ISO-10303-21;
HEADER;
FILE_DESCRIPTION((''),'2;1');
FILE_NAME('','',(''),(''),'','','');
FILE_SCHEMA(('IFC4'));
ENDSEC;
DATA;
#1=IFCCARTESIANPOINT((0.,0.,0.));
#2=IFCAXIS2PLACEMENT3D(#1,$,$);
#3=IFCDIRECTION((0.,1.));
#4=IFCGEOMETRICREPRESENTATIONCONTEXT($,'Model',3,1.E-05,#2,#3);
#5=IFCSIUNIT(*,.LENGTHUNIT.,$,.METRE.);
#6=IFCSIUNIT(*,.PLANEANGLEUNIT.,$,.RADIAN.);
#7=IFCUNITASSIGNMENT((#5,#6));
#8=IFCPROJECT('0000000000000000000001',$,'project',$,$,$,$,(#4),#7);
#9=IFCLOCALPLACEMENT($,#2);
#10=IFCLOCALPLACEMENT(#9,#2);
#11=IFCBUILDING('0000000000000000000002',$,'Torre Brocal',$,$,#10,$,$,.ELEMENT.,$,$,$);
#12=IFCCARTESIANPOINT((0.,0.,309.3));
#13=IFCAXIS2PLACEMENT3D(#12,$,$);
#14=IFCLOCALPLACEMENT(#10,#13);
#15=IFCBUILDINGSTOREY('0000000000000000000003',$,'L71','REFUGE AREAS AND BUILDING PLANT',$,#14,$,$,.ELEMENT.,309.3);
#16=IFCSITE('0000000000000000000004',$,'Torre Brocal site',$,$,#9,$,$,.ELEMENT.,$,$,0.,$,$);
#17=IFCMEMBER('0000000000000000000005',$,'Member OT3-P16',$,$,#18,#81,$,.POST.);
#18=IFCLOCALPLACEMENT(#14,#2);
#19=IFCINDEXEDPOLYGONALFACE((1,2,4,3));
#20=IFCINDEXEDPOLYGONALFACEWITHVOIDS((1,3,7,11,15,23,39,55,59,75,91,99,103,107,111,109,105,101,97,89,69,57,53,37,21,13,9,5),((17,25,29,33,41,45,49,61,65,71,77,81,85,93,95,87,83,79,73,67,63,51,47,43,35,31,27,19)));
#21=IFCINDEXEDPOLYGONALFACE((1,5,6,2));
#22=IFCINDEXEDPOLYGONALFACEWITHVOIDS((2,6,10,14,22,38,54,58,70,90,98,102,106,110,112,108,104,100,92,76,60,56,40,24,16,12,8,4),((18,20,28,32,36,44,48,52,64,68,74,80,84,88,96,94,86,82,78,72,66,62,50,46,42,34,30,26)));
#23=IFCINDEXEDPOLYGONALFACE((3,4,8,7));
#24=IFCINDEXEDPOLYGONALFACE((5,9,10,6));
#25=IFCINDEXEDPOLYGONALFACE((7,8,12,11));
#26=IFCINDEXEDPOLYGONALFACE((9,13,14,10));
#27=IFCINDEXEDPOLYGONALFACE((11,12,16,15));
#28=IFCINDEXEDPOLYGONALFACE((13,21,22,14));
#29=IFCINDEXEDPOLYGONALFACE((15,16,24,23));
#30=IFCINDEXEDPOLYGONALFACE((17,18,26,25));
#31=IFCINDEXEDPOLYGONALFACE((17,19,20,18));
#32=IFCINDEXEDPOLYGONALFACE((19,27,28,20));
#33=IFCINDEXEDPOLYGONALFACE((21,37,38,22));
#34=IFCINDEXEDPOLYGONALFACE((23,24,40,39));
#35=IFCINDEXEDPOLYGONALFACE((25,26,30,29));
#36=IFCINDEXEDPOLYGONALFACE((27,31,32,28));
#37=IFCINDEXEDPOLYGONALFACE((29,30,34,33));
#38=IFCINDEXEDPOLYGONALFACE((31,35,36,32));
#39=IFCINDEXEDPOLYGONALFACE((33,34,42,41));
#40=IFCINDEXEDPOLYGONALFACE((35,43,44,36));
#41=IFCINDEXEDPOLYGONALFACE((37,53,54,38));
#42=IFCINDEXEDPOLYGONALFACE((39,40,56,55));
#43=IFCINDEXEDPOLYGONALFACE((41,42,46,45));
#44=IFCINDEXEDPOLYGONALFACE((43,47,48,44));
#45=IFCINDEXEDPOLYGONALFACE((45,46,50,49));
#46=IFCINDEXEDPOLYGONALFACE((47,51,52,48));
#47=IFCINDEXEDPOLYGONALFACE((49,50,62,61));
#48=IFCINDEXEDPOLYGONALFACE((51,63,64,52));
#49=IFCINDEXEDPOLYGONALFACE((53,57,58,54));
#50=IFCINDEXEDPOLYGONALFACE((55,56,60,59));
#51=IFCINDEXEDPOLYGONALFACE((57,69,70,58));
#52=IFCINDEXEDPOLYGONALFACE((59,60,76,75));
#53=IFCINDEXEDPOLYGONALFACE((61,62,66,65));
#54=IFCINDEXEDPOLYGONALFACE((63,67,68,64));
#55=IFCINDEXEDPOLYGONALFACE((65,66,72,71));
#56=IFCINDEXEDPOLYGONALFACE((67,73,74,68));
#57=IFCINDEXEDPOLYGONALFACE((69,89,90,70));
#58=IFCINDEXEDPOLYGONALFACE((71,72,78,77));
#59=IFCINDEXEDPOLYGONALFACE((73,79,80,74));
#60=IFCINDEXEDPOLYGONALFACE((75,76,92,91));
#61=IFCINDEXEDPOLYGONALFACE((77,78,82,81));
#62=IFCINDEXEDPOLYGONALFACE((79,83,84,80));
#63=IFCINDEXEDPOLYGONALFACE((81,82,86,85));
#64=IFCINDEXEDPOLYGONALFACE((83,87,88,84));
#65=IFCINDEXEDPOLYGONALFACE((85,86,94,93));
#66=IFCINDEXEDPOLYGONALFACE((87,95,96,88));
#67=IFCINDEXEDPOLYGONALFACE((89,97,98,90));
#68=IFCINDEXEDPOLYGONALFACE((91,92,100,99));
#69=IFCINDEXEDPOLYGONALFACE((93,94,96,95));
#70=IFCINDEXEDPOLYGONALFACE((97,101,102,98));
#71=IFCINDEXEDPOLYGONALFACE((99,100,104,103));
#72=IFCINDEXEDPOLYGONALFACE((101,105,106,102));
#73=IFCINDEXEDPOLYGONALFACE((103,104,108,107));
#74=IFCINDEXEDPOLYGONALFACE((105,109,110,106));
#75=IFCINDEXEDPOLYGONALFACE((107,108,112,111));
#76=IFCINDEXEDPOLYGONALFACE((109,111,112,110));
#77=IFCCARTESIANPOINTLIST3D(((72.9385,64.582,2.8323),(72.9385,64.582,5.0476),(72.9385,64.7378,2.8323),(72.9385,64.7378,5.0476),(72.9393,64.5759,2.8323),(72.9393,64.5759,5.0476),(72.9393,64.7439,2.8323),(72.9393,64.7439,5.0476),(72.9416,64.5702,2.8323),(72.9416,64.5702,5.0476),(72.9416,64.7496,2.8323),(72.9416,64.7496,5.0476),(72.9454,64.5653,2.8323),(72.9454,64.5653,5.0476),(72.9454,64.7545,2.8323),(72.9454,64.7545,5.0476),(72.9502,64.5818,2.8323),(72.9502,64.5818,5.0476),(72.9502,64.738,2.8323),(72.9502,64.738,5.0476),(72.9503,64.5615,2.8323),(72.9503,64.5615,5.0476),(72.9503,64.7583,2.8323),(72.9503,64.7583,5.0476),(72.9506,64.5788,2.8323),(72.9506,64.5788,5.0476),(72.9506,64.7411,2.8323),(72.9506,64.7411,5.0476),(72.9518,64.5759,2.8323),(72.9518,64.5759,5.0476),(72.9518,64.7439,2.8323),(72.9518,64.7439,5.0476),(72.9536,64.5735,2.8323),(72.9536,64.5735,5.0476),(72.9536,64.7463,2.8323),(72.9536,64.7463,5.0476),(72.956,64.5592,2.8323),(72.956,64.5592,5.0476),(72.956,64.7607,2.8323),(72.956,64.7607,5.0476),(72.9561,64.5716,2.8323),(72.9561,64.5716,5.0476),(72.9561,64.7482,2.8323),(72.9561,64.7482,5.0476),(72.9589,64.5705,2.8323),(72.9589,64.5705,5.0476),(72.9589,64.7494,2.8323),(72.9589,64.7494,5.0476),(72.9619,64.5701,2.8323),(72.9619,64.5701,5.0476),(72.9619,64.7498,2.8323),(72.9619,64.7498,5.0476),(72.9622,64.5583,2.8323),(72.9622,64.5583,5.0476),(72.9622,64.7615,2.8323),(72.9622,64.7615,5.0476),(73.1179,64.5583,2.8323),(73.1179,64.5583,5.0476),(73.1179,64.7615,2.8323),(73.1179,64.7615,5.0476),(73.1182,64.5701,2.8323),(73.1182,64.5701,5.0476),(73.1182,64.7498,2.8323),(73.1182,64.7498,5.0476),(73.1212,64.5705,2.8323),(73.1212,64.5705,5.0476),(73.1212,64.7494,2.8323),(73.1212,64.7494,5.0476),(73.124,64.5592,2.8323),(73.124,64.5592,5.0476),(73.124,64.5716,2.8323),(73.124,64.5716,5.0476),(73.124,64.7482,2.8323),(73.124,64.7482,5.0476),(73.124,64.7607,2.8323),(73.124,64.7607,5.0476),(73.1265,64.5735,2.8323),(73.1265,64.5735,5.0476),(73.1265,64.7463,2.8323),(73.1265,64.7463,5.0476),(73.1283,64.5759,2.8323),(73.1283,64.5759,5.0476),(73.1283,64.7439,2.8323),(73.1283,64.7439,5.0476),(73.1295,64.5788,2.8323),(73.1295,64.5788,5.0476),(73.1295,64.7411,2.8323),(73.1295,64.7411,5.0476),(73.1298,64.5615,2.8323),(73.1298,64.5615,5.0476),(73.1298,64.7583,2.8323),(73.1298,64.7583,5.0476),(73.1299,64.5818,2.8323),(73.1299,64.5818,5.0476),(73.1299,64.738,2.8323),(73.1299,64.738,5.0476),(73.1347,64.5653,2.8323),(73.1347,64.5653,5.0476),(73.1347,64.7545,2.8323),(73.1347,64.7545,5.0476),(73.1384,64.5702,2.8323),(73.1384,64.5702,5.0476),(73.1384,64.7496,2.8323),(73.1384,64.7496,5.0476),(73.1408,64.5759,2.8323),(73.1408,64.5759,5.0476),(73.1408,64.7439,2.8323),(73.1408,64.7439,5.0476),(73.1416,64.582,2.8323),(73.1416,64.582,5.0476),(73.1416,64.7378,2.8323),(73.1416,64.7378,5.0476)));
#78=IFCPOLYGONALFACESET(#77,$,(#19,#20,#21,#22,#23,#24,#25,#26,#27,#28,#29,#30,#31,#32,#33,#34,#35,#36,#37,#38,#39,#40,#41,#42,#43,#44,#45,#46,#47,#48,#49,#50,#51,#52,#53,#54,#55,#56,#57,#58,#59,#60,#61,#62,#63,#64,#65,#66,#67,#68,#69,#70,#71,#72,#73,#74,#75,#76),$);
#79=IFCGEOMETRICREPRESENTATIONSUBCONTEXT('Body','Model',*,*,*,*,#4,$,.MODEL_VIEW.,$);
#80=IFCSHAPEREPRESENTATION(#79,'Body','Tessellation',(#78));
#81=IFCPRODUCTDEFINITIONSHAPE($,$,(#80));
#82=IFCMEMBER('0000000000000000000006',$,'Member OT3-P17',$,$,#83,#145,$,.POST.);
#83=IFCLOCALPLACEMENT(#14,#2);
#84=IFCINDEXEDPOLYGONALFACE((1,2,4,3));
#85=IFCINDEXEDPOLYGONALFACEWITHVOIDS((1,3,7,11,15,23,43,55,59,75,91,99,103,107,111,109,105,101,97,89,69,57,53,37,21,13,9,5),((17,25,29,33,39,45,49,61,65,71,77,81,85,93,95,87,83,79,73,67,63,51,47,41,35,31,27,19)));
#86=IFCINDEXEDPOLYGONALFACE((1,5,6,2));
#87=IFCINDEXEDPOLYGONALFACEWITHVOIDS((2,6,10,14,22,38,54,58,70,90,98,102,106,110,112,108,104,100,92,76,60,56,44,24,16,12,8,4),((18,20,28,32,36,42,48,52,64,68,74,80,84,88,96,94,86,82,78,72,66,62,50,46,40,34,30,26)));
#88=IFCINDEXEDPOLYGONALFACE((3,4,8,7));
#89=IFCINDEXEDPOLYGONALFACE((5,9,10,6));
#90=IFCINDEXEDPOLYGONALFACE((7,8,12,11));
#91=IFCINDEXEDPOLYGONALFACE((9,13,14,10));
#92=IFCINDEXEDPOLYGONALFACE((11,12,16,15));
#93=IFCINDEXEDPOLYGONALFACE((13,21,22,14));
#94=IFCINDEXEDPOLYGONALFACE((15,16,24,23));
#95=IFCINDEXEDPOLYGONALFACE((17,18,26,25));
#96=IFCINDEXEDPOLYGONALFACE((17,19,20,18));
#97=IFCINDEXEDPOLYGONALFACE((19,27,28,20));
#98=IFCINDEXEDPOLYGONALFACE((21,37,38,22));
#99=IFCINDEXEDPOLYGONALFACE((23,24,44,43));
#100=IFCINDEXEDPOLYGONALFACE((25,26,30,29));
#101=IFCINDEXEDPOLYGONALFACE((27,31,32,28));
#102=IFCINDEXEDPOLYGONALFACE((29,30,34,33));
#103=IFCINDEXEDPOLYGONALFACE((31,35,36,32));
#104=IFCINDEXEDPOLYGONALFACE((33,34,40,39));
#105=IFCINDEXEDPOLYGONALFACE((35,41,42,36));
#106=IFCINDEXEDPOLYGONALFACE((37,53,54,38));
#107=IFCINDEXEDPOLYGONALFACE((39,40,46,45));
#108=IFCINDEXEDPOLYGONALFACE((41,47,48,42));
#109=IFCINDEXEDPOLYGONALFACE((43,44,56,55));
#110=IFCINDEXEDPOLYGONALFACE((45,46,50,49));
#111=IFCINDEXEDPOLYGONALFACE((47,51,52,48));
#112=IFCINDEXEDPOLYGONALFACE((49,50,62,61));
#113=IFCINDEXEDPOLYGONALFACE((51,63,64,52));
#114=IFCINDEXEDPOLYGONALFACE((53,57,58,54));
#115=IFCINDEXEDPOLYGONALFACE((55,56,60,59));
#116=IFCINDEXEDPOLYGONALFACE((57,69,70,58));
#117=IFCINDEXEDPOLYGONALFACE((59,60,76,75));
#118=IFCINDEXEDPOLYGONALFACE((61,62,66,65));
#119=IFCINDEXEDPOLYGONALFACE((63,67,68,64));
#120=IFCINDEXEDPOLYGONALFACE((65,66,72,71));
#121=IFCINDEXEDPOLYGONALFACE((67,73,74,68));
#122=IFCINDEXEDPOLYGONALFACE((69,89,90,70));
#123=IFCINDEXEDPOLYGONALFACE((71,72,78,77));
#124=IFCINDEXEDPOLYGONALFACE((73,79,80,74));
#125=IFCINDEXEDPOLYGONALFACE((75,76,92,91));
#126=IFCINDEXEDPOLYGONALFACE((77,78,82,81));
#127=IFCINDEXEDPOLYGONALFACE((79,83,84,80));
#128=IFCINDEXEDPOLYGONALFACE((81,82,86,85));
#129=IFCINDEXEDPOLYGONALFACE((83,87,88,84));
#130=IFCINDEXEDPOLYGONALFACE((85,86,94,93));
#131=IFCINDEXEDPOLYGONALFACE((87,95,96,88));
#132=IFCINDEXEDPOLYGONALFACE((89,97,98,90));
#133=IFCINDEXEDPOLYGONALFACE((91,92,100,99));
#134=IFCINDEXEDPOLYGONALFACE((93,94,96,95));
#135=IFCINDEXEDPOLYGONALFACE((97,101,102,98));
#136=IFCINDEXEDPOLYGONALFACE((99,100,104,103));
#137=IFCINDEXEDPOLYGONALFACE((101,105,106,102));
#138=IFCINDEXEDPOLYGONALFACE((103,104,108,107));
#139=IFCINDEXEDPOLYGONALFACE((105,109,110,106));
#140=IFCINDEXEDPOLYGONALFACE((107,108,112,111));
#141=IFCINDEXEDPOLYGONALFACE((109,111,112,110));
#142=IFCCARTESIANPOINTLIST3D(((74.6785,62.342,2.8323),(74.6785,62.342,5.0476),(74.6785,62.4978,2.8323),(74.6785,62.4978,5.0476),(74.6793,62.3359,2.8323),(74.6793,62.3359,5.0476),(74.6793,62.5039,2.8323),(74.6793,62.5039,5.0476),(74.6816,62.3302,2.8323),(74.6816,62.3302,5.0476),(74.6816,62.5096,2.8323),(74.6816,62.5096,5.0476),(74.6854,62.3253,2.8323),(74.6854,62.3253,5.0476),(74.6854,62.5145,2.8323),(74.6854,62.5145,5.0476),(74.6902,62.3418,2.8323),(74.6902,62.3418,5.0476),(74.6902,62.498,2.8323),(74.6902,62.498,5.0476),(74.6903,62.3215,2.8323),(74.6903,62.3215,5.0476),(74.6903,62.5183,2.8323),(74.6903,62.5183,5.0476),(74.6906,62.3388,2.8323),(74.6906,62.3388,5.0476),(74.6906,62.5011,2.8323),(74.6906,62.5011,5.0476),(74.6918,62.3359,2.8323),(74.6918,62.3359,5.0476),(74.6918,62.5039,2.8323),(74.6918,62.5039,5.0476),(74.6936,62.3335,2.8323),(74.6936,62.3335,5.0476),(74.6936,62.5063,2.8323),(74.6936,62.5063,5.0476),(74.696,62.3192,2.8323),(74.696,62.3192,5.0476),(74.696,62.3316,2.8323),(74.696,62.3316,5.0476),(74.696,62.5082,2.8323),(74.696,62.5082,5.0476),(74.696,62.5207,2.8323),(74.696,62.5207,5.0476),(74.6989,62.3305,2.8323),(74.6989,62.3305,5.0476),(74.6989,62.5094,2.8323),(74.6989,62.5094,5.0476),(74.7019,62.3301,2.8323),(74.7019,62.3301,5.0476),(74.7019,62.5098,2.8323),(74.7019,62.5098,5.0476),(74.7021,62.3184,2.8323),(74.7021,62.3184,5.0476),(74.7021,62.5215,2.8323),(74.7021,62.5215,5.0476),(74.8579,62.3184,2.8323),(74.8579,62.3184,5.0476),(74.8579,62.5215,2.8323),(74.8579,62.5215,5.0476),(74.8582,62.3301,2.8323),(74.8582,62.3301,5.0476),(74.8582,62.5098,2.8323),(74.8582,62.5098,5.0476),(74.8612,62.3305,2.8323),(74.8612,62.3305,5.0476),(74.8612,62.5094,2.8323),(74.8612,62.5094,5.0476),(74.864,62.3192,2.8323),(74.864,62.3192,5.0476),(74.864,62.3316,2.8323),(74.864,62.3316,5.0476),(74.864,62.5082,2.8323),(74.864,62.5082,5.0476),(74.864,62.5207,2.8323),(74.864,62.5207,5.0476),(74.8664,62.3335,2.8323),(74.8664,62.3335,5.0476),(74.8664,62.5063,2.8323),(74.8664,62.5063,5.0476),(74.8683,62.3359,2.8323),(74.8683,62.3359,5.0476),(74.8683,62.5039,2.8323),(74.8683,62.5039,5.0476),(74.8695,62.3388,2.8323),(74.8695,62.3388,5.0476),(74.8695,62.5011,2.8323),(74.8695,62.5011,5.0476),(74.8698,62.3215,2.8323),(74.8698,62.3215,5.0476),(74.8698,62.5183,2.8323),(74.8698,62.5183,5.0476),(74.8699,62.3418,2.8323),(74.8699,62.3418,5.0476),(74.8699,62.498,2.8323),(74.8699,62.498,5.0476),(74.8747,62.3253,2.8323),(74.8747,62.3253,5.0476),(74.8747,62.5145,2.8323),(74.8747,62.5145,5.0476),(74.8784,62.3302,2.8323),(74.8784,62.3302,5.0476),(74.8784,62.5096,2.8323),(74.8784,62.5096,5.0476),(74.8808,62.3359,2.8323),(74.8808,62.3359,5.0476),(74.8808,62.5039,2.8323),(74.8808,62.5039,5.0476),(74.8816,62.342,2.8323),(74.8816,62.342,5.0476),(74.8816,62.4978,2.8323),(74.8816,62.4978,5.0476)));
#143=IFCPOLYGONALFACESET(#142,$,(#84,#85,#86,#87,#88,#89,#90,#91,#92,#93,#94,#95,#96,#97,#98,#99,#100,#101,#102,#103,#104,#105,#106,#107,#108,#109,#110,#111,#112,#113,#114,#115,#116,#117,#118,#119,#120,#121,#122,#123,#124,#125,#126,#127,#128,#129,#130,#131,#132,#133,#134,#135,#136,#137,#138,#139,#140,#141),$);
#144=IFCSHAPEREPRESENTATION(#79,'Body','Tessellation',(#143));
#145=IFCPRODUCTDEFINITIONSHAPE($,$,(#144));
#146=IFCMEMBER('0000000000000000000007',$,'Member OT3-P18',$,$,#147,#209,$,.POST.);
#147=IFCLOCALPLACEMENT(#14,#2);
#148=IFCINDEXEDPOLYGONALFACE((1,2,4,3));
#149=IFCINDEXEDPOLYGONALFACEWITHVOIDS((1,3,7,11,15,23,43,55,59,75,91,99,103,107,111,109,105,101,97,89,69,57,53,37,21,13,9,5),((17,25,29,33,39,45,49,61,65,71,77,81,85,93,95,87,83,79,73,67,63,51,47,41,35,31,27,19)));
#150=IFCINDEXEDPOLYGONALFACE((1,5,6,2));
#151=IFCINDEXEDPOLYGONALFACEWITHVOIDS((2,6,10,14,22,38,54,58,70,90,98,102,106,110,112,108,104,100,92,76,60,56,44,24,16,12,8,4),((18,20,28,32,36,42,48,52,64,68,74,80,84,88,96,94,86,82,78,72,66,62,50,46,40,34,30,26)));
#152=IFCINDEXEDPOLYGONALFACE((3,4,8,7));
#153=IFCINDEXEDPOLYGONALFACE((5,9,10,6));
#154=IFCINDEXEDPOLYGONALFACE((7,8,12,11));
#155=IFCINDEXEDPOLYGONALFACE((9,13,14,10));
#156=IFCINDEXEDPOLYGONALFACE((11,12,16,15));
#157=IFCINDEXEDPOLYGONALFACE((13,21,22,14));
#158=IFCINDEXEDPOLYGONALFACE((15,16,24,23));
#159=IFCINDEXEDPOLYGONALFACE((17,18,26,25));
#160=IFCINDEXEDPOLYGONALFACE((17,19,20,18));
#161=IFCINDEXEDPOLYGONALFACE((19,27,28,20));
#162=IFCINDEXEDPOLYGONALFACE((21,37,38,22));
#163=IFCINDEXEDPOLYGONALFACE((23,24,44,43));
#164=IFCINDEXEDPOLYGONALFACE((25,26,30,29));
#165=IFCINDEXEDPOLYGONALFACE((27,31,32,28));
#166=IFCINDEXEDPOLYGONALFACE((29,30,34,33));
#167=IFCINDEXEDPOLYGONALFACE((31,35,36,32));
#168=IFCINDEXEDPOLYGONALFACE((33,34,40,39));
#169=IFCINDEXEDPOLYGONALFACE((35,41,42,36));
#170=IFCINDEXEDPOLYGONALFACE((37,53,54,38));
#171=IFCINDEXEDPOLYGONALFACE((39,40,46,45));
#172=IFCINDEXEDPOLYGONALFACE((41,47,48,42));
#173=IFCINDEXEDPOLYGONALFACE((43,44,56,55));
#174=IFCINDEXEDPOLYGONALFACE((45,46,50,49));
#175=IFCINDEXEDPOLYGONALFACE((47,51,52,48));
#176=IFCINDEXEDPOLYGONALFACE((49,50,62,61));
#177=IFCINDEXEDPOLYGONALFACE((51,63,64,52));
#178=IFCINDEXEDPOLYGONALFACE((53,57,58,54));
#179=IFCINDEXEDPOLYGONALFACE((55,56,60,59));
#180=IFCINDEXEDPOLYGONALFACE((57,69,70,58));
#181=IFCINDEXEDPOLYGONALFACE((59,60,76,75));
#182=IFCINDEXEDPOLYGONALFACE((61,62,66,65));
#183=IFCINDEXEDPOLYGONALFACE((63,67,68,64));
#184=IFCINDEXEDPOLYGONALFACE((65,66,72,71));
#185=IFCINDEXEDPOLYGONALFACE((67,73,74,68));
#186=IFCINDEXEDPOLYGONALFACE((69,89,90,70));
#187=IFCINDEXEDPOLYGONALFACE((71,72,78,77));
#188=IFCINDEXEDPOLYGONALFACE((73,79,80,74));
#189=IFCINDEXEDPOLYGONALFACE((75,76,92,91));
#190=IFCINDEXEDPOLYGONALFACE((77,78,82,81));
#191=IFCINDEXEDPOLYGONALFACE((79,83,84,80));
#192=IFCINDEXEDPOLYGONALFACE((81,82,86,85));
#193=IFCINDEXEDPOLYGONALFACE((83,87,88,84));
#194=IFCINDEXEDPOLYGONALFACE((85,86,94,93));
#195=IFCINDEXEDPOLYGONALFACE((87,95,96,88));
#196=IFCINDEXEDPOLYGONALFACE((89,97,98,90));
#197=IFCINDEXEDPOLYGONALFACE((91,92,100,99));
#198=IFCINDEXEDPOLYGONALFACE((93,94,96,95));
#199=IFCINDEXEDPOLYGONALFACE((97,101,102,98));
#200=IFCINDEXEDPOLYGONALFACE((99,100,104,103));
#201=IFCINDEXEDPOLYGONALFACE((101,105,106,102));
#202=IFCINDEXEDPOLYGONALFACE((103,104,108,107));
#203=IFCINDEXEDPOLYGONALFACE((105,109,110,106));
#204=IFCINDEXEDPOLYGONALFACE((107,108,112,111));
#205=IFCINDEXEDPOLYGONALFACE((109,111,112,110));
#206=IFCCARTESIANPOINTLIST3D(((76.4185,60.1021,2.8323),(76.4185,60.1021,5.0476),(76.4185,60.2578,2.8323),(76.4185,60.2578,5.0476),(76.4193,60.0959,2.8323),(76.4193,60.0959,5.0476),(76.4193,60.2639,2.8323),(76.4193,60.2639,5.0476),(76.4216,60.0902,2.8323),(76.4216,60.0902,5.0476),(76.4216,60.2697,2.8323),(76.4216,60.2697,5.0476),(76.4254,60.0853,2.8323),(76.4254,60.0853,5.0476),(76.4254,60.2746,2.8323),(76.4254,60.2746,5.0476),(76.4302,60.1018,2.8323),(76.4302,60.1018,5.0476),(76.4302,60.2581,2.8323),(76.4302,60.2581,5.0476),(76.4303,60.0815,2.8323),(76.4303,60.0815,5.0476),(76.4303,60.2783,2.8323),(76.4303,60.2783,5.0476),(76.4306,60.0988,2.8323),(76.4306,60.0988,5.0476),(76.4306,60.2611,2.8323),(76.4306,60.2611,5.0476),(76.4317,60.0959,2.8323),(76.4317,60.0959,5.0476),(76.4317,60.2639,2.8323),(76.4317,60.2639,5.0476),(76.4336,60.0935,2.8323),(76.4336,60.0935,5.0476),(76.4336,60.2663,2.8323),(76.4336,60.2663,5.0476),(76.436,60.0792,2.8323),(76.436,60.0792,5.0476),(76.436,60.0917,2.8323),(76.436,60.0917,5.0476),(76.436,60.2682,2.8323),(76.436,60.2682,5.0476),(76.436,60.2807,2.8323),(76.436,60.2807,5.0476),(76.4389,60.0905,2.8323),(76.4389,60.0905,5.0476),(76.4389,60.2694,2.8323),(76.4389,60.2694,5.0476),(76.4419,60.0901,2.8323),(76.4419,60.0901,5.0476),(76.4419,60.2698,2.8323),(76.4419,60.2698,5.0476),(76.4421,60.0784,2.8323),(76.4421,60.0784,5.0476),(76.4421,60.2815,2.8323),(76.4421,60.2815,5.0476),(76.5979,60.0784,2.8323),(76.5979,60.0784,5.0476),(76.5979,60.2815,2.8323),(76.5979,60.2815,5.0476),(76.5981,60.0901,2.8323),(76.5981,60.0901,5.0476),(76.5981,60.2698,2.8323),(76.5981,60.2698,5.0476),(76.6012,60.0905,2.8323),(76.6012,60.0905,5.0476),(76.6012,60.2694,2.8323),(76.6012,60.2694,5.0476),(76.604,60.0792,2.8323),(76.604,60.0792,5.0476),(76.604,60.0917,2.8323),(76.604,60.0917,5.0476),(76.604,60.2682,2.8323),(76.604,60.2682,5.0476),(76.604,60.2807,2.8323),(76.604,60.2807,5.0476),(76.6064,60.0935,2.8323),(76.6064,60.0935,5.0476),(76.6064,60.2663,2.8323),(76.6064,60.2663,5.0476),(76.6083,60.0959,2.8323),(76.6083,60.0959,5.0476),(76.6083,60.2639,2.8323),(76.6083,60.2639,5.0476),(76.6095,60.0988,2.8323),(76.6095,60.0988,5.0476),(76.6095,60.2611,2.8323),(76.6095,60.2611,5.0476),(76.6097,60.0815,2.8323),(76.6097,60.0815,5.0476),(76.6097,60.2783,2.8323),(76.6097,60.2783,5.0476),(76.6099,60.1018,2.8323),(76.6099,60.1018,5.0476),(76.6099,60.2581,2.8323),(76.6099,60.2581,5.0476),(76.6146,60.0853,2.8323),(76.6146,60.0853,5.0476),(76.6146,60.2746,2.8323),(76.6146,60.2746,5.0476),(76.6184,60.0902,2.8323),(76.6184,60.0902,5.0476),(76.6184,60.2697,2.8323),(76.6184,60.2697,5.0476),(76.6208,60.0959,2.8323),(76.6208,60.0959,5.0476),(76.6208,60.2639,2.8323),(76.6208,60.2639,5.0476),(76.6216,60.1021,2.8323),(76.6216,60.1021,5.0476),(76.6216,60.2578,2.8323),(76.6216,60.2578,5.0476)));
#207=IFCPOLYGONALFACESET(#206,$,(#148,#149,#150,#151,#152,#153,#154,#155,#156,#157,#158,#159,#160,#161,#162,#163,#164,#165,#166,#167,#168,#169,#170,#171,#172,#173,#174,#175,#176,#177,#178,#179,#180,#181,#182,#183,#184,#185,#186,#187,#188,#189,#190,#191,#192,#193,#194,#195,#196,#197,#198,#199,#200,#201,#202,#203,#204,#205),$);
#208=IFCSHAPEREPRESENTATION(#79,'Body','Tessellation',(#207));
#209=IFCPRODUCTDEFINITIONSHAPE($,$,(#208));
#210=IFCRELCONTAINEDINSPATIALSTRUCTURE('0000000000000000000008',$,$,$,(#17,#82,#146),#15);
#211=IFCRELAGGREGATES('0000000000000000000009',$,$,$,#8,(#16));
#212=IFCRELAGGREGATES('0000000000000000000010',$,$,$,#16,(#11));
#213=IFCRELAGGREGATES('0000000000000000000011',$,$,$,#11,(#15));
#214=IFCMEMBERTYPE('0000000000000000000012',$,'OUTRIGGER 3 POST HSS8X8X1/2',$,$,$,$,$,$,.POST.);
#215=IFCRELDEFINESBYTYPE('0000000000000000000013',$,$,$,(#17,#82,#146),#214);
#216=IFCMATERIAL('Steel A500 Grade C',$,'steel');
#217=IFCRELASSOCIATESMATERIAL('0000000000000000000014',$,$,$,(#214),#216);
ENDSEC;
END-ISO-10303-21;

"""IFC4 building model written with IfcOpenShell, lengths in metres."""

from ifc_helpers import new_model, si_unit, direction, frame, origin, origin_2d, place, context, subcontext, project, spatial, hollow_rectangle, extrude, material, material_profile, profile_set, type_object, element, save


model = new_model("IFC4")

# Units and contexts
model_context = context("Model", 3, precision=1e-05, world=origin(), true_north=direction((0.0, 1.0)))
body_context = subcontext(model_context, "Body", "Model", "MODEL_VIEW")
ifc_project = project(units=[si_unit("LENGTHUNIT", "METRE"), si_unit("PLANEANGLEUNIT", "RADIAN")], contexts=[model_context])

# Site, building, storey
site_placement = place(None, origin())
site = spatial("IfcSite", under=ifc_project, at=site_placement, Name="Torre Brocal site", CompositionType="ELEMENT", RefElevation=0.0)
building_placement = place(site_placement, origin())
building = spatial("IfcBuilding", under=site, at=building_placement, Name="Torre Brocal", CompositionType="ELEMENT")
storey_placement = place(building_placement, frame((0.0, 0.0, 309.3)))
storey = spatial("IfcBuildingStorey", under=building, at=storey_placement, Name="L71", Description="REFUGE AREAS AND BUILDING PLANT", CompositionType="ELEMENT", Elevation=309.3)

# Members
ifc_material_1 = material(Name="Steel A500 Grade C", Category="steel")
ifc_material_profile_1 = material_profile(ifc_material_1, hollow_rectangle(XDim=0.2031, YDim=0.2031, WallThickness=0.0117, InnerFilletRadius=0.0117, OuterFilletRadius=0.0237, at=origin_2d()), Name="HSS8X8X1/2")
ifc_profile_set_1 = profile_set([ifc_material_profile_1], Name="Steel A500 Grade C")
member_type_1 = type_object("IfcMemberType", Name="OUTRIGGER 3 POST HSS8X8X1/2", PredefinedType="POST", material=ifc_profile_set_1)
for number, where, z_axis, x_axis, name in (
    (1, (73.04, 64.6599, 2.8323), (0.0, 0.0, 1.0), (1.0, 0.0, 0.0), "Member OT3-P16"),
    (2, (74.78, 62.4199, 2.8323), (0.0, 0.0, 1.0), (1.0, 0.0, 0.0), "Member OT3-P17"),
    (3, (76.52, 60.1799, 2.8323), (0.0, 0.0, 1.0), (1.0, 0.0, 0.0), "Member OT3-P18"),
):
    element("IfcMember", number, at=place(storey_placement, frame(where, z_axis=z_axis, x_axis=x_axis)), inside=storey, type_object=member_type_1, Name=name, PredefinedType="POST", context=body_context, shape_type="SweptSolid", body=[
        extrude(hollow_rectangle(XDim=0.2031, YDim=0.2031, WallThickness=0.0117, InnerFilletRadius=0.0117, OuterFilletRadius=0.0237, at=origin_2d()), origin(), (0.0, 0.0, 1.0), 2.2153),
    ])

save(model, "model.ifc")
